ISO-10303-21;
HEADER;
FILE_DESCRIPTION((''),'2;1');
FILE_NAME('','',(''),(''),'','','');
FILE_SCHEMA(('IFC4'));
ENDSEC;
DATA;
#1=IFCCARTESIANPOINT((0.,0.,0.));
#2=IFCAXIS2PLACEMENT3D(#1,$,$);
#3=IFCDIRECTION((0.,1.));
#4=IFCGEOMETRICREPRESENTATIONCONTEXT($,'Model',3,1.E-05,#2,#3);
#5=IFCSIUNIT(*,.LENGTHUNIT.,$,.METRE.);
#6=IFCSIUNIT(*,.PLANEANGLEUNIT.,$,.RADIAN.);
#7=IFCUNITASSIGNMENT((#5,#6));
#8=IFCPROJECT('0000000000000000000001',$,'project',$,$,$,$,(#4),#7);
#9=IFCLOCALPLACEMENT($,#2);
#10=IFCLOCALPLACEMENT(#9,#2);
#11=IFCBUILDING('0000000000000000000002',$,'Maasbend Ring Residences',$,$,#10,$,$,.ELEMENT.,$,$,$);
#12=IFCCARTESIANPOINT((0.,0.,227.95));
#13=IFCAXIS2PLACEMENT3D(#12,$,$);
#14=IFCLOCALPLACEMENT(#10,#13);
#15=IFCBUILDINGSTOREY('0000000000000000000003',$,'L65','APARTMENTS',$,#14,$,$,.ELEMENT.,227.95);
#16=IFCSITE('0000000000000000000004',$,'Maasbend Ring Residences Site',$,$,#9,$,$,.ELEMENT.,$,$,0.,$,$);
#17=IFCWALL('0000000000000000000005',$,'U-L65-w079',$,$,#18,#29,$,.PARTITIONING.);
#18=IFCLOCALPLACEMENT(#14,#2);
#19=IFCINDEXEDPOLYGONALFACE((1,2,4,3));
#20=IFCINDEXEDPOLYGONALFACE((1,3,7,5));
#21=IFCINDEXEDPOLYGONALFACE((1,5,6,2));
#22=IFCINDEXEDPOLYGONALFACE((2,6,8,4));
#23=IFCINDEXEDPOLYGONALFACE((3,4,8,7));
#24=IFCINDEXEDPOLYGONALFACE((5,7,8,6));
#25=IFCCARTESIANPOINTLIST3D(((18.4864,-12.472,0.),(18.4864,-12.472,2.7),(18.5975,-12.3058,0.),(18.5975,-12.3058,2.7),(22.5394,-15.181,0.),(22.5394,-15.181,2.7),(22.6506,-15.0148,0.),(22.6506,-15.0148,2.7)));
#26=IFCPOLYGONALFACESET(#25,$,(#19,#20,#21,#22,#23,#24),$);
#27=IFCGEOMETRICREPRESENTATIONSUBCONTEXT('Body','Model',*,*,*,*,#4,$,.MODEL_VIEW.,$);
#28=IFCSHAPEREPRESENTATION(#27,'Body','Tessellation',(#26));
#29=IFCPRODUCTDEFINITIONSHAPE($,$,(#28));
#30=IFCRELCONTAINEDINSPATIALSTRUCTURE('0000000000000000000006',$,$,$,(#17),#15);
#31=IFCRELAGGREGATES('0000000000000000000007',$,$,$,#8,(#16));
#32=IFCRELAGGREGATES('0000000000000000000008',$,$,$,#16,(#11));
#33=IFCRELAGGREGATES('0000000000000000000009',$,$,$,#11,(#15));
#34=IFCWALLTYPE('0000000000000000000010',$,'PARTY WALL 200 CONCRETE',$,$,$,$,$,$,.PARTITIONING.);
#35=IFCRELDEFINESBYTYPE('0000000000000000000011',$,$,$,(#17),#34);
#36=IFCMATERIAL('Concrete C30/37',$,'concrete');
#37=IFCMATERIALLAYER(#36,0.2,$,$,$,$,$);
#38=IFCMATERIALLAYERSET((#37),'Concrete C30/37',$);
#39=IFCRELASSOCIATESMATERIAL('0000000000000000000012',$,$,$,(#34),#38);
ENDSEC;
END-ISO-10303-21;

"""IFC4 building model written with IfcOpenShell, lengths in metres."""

from ifc_helpers import new_model, si_unit, direction, frame, frame_2d, origin, place, context, subcontext, project, spatial, rectangle, extrude, material, layer, layer_set, type_object, element, save


model = new_model("IFC4")

# Units and contexts
model_context = context("Model", 3, precision=1e-05, world=origin(), true_north=direction((0.0, 1.0)))
body_context = subcontext(model_context, "Body", "Model", "MODEL_VIEW")
ifc_project = project(units=[si_unit("LENGTHUNIT", "METRE"), si_unit("PLANEANGLEUNIT", "RADIAN")], contexts=[model_context])

# Site, building, storey
site_placement = place(None, origin())
site = spatial("IfcSite", under=ifc_project, at=site_placement, Name="Maasbend Ring Residences Site", CompositionType="ELEMENT", RefElevation=0.0)
building_placement = place(site_placement, origin())
building = spatial("IfcBuilding", under=site, at=building_placement, Name="Maasbend Ring Residences", CompositionType="ELEMENT")
storey_placement = place(building_placement, frame((0.0, 0.0, 227.95)))
storey = spatial("IfcBuildingStorey", under=building, at=storey_placement, Name="L65", Description="APARTMENTS", CompositionType="ELEMENT", Elevation=227.95)

# Wall
ifc_material_1 = material(Name="Concrete C30/37", Category="concrete")
ifc_layer_1 = layer(ifc_material_1, 0.2)
ifc_layer_set_1 = layer_set([ifc_layer_1], Name="Concrete C30/37")
wall_type_1 = type_object("IfcWallType", Name="PARTY WALL 200 CONCRETE", PredefinedType="PARTITIONING", material=ifc_layer_set_1)
wall_1_placement = place(storey_placement, frame((18.542, -12.3889, 0.0), z_axis=(0.0, 0.0, 1.0), x_axis=(0.831387, -0.555694, 0.0)))
element("IfcWall", 1, at=wall_1_placement, inside=storey, type_object=wall_type_1, Name="U-L65-w079", PredefinedType="PARTITIONING", context=body_context, shape_type="SweptSolid", body=[
    extrude(rectangle(XDim=4.875, YDim=0.2, at=frame_2d((2.4375, 0.0))), origin(), (0.0, 0.0, 1.0), 2.7),
])

save(model, "model.ifc")
